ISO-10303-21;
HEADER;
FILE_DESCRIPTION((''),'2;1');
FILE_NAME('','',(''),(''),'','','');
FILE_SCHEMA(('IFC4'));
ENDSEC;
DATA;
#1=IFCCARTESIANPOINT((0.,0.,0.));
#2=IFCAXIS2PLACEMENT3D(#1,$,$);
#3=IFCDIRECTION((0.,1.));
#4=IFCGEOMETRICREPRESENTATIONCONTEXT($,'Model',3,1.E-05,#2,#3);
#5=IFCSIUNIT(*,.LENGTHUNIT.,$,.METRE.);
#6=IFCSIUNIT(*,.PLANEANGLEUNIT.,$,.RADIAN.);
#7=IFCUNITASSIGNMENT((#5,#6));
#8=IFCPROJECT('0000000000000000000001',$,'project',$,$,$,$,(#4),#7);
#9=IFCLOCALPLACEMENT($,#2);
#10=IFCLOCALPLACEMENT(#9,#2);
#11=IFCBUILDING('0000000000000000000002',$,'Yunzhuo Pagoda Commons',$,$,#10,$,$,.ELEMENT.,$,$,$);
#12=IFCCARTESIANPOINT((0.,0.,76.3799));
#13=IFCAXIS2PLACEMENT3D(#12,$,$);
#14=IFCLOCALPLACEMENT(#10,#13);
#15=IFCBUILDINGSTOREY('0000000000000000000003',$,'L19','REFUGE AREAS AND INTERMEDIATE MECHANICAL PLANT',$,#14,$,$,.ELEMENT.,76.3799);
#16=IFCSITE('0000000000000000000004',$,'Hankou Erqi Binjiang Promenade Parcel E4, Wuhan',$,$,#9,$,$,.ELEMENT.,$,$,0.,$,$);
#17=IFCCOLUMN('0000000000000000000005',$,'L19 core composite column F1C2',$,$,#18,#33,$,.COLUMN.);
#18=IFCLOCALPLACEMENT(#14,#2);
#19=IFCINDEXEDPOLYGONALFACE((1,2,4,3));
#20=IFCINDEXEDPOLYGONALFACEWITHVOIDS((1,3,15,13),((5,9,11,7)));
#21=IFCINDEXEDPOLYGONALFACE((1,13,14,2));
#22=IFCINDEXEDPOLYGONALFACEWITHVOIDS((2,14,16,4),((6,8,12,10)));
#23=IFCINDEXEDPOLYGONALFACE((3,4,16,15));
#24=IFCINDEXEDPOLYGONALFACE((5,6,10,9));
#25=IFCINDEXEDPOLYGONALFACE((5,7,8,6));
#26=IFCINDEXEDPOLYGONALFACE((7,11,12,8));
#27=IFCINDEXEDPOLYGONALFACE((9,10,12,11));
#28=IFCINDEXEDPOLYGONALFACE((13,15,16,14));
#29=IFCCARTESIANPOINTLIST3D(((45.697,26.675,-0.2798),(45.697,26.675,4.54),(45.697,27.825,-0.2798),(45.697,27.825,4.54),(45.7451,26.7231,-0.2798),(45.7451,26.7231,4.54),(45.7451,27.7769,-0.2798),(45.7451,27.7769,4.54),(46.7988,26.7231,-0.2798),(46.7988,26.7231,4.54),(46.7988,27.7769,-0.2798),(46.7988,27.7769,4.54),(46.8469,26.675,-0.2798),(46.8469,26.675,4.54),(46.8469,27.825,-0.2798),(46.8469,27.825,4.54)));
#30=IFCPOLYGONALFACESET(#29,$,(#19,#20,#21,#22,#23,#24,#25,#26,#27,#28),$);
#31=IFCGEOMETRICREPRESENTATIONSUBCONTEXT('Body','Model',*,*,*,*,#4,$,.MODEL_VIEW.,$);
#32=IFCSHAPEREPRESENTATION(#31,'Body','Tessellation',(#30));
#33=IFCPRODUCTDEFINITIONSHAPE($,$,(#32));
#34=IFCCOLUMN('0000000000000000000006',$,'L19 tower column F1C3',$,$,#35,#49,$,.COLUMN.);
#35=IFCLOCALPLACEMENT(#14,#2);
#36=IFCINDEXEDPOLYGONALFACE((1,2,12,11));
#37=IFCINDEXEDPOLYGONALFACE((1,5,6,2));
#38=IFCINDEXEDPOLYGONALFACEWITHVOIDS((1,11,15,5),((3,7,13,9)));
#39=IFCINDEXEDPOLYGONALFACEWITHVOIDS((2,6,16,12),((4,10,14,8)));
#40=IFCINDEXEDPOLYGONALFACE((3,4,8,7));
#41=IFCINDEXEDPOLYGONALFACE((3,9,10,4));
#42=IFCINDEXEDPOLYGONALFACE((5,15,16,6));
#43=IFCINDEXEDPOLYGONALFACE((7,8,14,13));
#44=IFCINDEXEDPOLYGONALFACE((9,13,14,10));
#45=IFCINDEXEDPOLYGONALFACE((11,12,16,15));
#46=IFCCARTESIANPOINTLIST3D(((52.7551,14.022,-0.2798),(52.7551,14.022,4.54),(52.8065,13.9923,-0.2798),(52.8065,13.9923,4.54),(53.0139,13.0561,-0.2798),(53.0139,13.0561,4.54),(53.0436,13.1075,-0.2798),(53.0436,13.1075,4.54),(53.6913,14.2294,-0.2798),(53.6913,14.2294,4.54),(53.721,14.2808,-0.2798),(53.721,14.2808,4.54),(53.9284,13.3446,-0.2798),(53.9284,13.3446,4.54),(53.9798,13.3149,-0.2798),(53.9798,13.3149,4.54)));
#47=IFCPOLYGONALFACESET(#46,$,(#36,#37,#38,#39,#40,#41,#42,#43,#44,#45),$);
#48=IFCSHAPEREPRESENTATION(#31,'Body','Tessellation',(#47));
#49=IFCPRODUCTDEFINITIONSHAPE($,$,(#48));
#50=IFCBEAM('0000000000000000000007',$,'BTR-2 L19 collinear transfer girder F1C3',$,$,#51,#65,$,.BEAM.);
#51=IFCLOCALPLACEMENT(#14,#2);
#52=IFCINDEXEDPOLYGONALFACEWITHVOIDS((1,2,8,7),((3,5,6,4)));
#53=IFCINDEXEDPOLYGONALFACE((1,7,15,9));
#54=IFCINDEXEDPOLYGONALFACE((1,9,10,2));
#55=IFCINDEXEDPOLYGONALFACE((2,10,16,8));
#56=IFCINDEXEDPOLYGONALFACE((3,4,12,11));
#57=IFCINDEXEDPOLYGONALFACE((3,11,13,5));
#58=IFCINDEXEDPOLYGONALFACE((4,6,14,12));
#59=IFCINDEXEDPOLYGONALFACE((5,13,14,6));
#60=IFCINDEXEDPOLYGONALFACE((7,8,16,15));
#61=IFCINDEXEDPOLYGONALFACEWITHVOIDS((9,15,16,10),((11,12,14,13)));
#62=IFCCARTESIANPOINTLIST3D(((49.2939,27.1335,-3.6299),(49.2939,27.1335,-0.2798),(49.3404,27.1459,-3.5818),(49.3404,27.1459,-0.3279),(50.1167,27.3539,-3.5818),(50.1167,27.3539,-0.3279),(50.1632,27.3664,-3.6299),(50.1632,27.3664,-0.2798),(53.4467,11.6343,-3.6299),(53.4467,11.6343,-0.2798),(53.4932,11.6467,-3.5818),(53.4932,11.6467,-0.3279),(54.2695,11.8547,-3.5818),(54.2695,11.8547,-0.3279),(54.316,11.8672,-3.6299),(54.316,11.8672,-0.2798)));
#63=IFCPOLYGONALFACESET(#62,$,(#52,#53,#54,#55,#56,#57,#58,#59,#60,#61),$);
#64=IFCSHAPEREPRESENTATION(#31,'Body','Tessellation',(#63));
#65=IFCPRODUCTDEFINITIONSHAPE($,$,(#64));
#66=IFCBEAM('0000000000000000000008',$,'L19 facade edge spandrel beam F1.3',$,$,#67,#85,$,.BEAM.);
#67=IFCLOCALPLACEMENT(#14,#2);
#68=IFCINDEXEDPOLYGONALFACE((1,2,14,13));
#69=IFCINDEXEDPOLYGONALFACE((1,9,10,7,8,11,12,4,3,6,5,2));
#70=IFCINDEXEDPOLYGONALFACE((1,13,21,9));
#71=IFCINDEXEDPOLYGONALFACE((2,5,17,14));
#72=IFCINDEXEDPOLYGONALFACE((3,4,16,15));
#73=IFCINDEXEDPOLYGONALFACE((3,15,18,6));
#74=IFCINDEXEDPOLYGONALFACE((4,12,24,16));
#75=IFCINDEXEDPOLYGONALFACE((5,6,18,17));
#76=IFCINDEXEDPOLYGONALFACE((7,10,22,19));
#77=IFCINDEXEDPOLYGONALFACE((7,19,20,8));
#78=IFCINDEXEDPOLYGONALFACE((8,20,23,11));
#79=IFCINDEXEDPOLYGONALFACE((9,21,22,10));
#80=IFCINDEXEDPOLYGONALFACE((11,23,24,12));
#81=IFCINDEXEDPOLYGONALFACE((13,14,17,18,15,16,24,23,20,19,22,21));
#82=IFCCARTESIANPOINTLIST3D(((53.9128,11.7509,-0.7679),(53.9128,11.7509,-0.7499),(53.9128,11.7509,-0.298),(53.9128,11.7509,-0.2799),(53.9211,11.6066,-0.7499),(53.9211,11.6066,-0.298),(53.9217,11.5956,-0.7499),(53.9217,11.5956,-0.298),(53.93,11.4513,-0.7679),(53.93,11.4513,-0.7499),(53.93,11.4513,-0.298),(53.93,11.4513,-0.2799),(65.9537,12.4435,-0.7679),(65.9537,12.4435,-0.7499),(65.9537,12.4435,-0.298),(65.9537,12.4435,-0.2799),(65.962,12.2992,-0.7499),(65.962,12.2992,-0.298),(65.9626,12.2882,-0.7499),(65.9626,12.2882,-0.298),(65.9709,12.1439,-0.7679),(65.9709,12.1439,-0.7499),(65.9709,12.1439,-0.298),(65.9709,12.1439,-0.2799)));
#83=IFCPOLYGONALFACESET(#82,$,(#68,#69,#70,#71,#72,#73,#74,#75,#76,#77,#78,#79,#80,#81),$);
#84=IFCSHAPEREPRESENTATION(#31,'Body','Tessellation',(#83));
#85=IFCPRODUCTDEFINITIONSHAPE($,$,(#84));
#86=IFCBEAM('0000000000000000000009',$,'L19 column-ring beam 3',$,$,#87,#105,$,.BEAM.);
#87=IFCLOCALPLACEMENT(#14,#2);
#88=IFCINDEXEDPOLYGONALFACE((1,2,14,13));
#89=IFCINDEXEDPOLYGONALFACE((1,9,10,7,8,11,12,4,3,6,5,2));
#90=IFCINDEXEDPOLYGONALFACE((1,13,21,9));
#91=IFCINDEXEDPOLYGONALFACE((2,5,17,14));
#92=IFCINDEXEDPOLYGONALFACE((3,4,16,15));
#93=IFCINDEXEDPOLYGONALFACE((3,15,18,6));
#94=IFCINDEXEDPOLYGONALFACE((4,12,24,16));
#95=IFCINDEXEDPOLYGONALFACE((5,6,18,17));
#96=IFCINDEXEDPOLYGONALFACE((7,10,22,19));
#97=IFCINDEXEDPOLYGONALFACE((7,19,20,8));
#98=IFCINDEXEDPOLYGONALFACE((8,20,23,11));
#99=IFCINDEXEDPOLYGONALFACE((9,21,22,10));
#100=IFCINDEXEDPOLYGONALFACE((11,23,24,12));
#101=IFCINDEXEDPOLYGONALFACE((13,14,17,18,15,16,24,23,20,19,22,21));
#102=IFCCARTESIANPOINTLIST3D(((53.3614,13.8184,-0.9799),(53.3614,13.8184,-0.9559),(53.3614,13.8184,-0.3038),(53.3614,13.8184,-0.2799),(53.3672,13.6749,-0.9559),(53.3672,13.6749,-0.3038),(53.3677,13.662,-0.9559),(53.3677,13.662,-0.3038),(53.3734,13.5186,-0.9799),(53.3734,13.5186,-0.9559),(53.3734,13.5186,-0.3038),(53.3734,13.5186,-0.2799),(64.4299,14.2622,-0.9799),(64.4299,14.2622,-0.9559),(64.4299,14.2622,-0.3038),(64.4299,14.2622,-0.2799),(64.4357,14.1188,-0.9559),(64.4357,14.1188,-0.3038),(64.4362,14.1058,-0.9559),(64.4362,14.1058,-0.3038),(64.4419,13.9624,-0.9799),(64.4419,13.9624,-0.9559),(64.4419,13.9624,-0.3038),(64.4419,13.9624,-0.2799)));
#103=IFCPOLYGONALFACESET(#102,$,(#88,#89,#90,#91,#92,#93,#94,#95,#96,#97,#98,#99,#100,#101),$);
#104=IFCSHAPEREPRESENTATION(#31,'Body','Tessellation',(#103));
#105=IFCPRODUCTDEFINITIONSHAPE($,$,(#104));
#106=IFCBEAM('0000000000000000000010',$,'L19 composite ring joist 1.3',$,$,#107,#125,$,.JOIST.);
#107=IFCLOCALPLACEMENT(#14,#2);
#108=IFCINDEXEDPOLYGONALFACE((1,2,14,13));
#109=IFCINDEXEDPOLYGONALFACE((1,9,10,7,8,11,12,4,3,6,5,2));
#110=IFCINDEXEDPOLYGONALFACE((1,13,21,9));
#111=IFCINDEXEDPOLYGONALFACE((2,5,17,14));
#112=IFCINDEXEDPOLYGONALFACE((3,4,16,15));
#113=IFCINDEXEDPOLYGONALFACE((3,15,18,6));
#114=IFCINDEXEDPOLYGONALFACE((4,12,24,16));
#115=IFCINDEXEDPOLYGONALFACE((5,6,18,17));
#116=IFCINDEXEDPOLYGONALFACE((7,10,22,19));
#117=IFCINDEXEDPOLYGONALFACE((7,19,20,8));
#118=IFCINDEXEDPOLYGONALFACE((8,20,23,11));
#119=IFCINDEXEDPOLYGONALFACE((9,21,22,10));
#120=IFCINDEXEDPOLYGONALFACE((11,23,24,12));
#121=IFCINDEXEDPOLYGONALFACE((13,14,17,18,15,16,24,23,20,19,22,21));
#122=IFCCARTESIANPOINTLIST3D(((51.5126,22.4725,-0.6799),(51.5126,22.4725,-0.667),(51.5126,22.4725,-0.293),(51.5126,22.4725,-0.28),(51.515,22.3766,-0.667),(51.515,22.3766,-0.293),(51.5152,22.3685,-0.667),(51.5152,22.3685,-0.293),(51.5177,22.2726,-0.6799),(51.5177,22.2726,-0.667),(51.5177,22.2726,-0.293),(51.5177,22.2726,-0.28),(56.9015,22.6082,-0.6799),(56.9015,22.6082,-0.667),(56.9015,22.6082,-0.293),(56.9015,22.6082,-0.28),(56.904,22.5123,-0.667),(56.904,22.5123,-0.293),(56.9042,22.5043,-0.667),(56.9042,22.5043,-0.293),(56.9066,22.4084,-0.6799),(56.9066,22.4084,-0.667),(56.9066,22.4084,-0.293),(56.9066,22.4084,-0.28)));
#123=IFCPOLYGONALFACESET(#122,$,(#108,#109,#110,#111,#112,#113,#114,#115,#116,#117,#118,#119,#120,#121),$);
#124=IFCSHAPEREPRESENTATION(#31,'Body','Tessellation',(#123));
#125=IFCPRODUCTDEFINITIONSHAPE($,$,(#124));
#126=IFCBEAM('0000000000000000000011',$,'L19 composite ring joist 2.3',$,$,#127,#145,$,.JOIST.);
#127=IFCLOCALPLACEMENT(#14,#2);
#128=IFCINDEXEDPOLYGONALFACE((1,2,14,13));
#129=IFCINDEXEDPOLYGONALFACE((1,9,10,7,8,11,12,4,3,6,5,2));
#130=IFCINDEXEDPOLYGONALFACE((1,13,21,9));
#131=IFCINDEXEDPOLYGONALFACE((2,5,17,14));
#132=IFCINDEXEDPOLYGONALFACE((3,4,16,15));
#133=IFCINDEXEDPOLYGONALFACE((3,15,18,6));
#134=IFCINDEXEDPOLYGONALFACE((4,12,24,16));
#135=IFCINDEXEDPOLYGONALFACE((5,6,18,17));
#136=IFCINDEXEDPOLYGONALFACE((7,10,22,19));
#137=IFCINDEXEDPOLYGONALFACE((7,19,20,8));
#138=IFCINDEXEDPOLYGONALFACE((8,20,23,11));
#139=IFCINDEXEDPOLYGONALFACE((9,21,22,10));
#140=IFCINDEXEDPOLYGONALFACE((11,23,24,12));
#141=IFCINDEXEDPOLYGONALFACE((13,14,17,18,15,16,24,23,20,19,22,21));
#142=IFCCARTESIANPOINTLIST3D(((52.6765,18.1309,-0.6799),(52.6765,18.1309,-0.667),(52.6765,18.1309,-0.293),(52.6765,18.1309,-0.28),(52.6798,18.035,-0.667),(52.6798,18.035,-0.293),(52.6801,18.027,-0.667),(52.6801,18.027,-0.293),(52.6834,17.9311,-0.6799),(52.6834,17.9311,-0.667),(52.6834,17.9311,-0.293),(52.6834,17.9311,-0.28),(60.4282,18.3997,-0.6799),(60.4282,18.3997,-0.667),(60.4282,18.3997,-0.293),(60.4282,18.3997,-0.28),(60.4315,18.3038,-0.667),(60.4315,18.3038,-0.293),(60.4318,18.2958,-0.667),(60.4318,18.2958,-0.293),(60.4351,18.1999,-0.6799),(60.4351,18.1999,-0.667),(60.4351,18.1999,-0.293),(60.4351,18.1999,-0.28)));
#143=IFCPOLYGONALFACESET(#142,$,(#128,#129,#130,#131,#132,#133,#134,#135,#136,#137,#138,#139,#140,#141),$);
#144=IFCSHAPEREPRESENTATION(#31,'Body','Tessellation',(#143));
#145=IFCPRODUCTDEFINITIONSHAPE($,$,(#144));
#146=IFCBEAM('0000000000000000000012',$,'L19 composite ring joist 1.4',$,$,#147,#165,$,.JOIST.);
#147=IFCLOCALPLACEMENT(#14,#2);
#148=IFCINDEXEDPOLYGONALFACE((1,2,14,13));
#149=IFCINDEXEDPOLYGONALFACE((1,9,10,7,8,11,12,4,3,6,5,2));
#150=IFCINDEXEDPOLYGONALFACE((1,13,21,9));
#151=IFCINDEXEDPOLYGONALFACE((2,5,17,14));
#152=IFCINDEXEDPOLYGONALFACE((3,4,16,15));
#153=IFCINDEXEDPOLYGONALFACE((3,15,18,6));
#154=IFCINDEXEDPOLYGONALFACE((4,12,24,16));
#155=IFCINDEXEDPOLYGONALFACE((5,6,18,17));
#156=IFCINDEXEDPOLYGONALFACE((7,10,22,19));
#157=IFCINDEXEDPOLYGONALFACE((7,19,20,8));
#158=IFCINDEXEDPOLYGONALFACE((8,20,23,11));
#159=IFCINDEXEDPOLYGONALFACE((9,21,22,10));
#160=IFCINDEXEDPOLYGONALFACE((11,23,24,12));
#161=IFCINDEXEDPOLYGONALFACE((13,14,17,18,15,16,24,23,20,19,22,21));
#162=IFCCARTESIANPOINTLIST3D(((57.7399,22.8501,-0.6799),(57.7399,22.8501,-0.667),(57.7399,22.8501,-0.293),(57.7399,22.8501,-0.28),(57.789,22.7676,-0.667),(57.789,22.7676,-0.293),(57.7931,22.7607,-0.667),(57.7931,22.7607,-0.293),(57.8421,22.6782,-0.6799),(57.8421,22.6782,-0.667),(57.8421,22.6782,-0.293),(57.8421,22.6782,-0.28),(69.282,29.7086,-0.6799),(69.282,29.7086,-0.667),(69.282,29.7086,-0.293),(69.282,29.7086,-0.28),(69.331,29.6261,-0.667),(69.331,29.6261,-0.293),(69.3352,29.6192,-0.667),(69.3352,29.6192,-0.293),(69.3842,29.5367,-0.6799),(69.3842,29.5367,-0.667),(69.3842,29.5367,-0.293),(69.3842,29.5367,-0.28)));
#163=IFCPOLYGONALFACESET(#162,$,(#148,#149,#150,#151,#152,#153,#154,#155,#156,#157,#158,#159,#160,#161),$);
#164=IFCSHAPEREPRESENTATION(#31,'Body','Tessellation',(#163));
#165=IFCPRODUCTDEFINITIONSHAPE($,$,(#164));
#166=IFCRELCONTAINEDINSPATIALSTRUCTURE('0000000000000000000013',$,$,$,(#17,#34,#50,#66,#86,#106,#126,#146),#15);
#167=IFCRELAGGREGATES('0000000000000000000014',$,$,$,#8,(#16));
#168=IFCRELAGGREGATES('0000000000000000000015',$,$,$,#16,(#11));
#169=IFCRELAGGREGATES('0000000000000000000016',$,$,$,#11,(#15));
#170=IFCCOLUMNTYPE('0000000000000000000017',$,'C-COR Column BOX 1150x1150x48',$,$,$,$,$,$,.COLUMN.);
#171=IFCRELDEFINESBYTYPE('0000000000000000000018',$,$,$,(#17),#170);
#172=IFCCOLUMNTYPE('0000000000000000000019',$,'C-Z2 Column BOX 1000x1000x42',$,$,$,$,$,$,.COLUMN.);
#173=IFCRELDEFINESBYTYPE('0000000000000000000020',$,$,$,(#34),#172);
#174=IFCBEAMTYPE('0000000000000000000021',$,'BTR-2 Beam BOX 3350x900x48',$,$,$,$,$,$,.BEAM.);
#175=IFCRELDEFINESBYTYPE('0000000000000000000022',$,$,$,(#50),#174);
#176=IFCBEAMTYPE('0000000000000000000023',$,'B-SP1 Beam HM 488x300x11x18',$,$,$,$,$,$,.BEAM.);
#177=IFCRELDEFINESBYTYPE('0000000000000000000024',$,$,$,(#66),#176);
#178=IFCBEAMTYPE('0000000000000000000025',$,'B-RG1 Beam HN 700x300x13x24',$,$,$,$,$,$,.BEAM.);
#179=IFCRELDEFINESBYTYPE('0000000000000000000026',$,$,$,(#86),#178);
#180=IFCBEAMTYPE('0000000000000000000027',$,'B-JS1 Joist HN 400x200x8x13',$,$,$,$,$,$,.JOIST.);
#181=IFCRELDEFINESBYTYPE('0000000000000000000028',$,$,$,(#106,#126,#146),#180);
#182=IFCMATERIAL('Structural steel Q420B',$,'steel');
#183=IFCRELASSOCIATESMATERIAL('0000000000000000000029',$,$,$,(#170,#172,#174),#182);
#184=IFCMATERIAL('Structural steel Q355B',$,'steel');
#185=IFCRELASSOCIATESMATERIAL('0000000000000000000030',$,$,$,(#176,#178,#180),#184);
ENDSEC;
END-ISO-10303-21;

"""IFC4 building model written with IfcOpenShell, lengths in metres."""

from ifc_helpers import new_model, si_unit, direction, frame, origin, origin_2d, place, context, subcontext, project, spatial, hollow_rectangle, i_section, extrude, source, transform, mapped, material, material_profile, profile_set, type_object, element, save


model = new_model("IFC4")

# Units and contexts
model_context = context("Model", 3, precision=1e-05, world=origin(), true_north=direction((0.0, 1.0)))
body_context = subcontext(model_context, "Body", "Model", "MODEL_VIEW")
ifc_project = project(units=[si_unit("LENGTHUNIT", "METRE"), si_unit("PLANEANGLEUNIT", "RADIAN")], contexts=[model_context])

# Site, building, storey
site_placement = place(None, origin())
site = spatial("IfcSite", under=ifc_project, at=site_placement, Name="Hankou Erqi Binjiang Promenade Parcel E4, Wuhan", CompositionType="ELEMENT", RefElevation=0.0)
building_placement = place(site_placement, origin())
building = spatial("IfcBuilding", under=site, at=building_placement, Name="Yunzhuo Pagoda Commons", CompositionType="ELEMENT")
storey_placement = place(building_placement, frame((0.0, 0.0, 76.3799)))
storey = spatial("IfcBuildingStorey", under=building, at=storey_placement, Name="L19", Description="REFUGE AREAS AND INTERMEDIATE MECHANICAL PLANT", CompositionType="ELEMENT", Elevation=76.3799)

# Columns
ifc_material_1 = material(Name="Structural steel Q420B", Category="steel")
ifc_material_profile_1 = material_profile(ifc_material_1, hollow_rectangle(XDim=1.1499, YDim=1.1499, WallThickness=0.0481, at=origin_2d()), Name="Structural steel Q420B")
ifc_profile_set_1 = profile_set([ifc_material_profile_1], Name="Structural steel Q420B")
column_type_1 = type_object("IfcColumnType", Name="C-COR Column BOX 1150x1150x48", PredefinedType="COLUMN", material=ifc_profile_set_1)
shared_shape_1 = source(origin(), body_context, "Body", "SweptSolid", [
    extrude(hollow_rectangle(XDim=1.1499, YDim=1.1499, WallThickness=0.0481, at=origin_2d()), origin(), (0.0, 0.0, 1.0), 4.8198),
])
column_1_placement = place(storey_placement, frame((46.272, 27.25, -0.2798), z_axis=(0.0, 0.0, 1.0), x_axis=(1.0, 0.0, 0.0)))
element("IfcColumn", 1, at=column_1_placement, inside=storey, type_object=column_type_1, Name="L19 core composite column F1C2", PredefinedType="COLUMN", context=body_context, shape_type="MappedRepresentation", body=[
    mapped(shared_shape_1, transform((0.0, 0.0, 0.0), scale=1.0)),
])
ifc_material_profile_2 = material_profile(ifc_material_1, hollow_rectangle(XDim=1.0, YDim=1.0, WallThickness=0.042, at=origin_2d()), Name="Structural steel Q420B")
ifc_profile_set_2 = profile_set([ifc_material_profile_2], Name="Structural steel Q420B")
column_type_2 = type_object("IfcColumnType", Name="C-Z2 Column BOX 1000x1000x42", PredefinedType="COLUMN", material=ifc_profile_set_2)
shared_shape_2 = source(origin(), body_context, "Body", "SweptSolid", [
    extrude(hollow_rectangle(XDim=1.0, YDim=1.0, WallThickness=0.042, at=origin_2d()), origin(), (0.0, 0.0, 1.0), 4.8198),
])
column_2_placement = place(storey_placement, frame((53.3674, 13.6685, -0.2798), z_axis=(0.0, 0.0, 1.0), x_axis=(0.965926, 0.258819, 0.0)))
element("IfcColumn", 2, at=column_2_placement, inside=storey, type_object=column_type_2, Name="L19 tower column F1C3", PredefinedType="COLUMN", context=body_context, shape_type="MappedRepresentation", body=[
    mapped(shared_shape_2, transform((0.0, 0.0, 0.0), scale=1.0)),
])

# Beams
ifc_material_profile_3 = material_profile(ifc_material_1, hollow_rectangle(XDim=0.8999, YDim=3.3501, WallThickness=0.0481, at=origin_2d()), Name="Structural steel Q420B")
ifc_profile_set_3 = profile_set([ifc_material_profile_3], Name="Structural steel Q420B")
beam_type_1 = type_object("IfcBeamType", Name="BTR-2 Beam BOX 3350x900x48", PredefinedType="BEAM", material=ifc_profile_set_3)
shared_shape_3 = source(origin(), body_context, "Body", "SweptSolid", [
    extrude(hollow_rectangle(XDim=0.8999, YDim=3.3501, WallThickness=0.0481, at=origin_2d()), origin(), (0.0, 0.0, 1.0), 16.0459),
])
beam_1_placement = place(storey_placement, frame((53.8813, 11.7507, -1.9548), z_axis=(-0.258808, 0.965929, 0.0), x_axis=(-0.965929, -0.258808, 0.0)))
element("IfcBeam", 3, at=beam_1_placement, inside=storey, type_object=beam_type_1, Name="BTR-2 L19 collinear transfer girder F1C3", PredefinedType="BEAM", context=body_context, shape_type="MappedRepresentation", body=[
    mapped(shared_shape_3, transform((0.0, 0.0, 0.0), scale=1.0)),
])
ifc_material_2 = material(Name="Structural steel Q355B", Category="steel")
ifc_material_profile_4 = material_profile(ifc_material_2, i_section(OverallWidth=0.3, OverallDepth=0.488, WebThickness=0.011, FlangeThickness=0.0181, at=origin_2d()), Name="Structural steel Q355B")
ifc_profile_set_4 = profile_set([ifc_material_profile_4], Name="Structural steel Q355B")
beam_type_2 = type_object("IfcBeamType", Name="B-SP1 Beam HM 488x300x11x18", PredefinedType="BEAM", material=ifc_profile_set_4)
shared_shape_4 = source(origin(), body_context, "Body", "SweptSolid", [
    extrude(i_section(OverallWidth=0.3, OverallDepth=0.488, WebThickness=0.011, FlangeThickness=0.0181, at=origin_2d()), origin(), (0.0, 0.0, 1.0), 12.0608),
])
beam_2_placement = place(storey_placement, frame((53.9214, 11.6011, -0.5239), z_axis=(0.99835, 0.057429, 0.0), x_axis=(-0.057429, 0.99835, 0.0)))
element("IfcBeam", 4, at=beam_2_placement, inside=storey, type_object=beam_type_2, Name="L19 facade edge spandrel beam F1.3", PredefinedType="BEAM", context=body_context, shape_type="MappedRepresentation", body=[
    mapped(shared_shape_4, transform((0.0, 0.0, 0.0), scale=1.0)),
])
ifc_material_profile_5 = material_profile(ifc_material_2, i_section(OverallWidth=0.3, OverallDepth=0.7, WebThickness=0.0129, FlangeThickness=0.0239, at=origin_2d()), Name="Structural steel Q355B")
ifc_profile_set_5 = profile_set([ifc_material_profile_5], Name="Structural steel Q355B")
beam_type_3 = type_object("IfcBeamType", Name="B-RG1 Beam HN 700x300x13x24", PredefinedType="BEAM", material=ifc_profile_set_5)
shared_shape_5 = source(origin(), body_context, "Body", "SweptSolid", [
    extrude(i_section(OverallWidth=0.3, OverallDepth=0.7, WebThickness=0.0129, FlangeThickness=0.0239, at=origin_2d()), origin(), (0.0, 0.0, 1.0), 11.0774),
])
beam_3_placement = place(storey_placement, frame((53.3674, 13.6685, -0.6299), z_axis=(0.999197, 0.040067, 0.0), x_axis=(-0.040067, 0.999197, 0.0)))
element("IfcBeam", 5, at=beam_3_placement, inside=storey, type_object=beam_type_3, Name="L19 column-ring beam 3", PredefinedType="BEAM", context=body_context, shape_type="MappedRepresentation", body=[
    mapped(shared_shape_5, transform((0.0, 0.0, 0.0), scale=1.0)),
])
ifc_material_profile_6 = material_profile(ifc_material_2, i_section(OverallWidth=0.2, OverallDepth=0.3999, WebThickness=0.0081, FlangeThickness=0.0129, at=origin_2d()), Name="Structural steel Q355B")
ifc_profile_set_6 = profile_set([ifc_material_profile_6], Name="Structural steel Q355B")
beam_type_4 = type_object("IfcBeamType", Name="B-JS1 Joist HN 400x200x8x13", PredefinedType="JOIST", material=ifc_profile_set_6)
shared_shape_6 = source(origin(), body_context, "Body", "SweptSolid", [
    extrude(i_section(OverallWidth=0.2, OverallDepth=0.3999, WebThickness=0.0081, FlangeThickness=0.0129, at=origin_2d()), origin(), (0.0, 0.0, 1.0), 5.3906),
])
beam_4_placement = place(storey_placement, frame((51.5151, 22.3726, -0.48), z_axis=(0.999683, 0.025181, 0.0), x_axis=(-0.025181, 0.999683, 0.0)))
element("IfcBeam", 6, at=beam_4_placement, inside=storey, type_object=beam_type_4, Name="L19 composite ring joist 1.3", PredefinedType="JOIST", context=body_context, shape_type="MappedRepresentation", body=[
    mapped(shared_shape_6, transform((0.0, 0.0, 0.0), scale=1.0)),
])
shared_shape_7 = source(origin(), body_context, "Body", "SweptSolid", [
    extrude(i_section(OverallWidth=0.2, OverallDepth=0.3999, WebThickness=0.0081, FlangeThickness=0.0129, at=origin_2d()), origin(), (0.0, 0.0, 1.0), 7.7563),
])
beam_5_placement = place(storey_placement, frame((52.6799, 18.031, -0.48), z_axis=(0.999399, 0.034655, 0.0), x_axis=(-0.034655, 0.999399, 0.0)))
element("IfcBeam", 7, at=beam_5_placement, inside=storey, type_object=beam_type_4, Name="L19 composite ring joist 2.3", PredefinedType="JOIST", context=body_context, shape_type="MappedRepresentation", body=[
    mapped(shared_shape_7, transform((0.0, 0.0, 0.0), scale=1.0)),
])
shared_shape_8 = source(origin(), body_context, "Body", "SweptSolid", [
    extrude(i_section(OverallWidth=0.2, OverallDepth=0.3999, WebThickness=0.0081, FlangeThickness=0.0129, at=origin_2d()), origin(), (0.0, 0.0, 1.0), 13.426),
])
beam_6_placement = place(storey_placement, frame((57.791, 22.7642, -0.48), z_axis=(0.85968, 0.510833, 0.0), x_axis=(-0.510833, 0.85968, 0.0)))
element("IfcBeam", 8, at=beam_6_placement, inside=storey, type_object=beam_type_4, Name="L19 composite ring joist 1.4", PredefinedType="JOIST", context=body_context, shape_type="MappedRepresentation", body=[
    mapped(shared_shape_8, transform((0.0, 0.0, 0.0), scale=1.0)),
])

save(model, "model.ifc")
